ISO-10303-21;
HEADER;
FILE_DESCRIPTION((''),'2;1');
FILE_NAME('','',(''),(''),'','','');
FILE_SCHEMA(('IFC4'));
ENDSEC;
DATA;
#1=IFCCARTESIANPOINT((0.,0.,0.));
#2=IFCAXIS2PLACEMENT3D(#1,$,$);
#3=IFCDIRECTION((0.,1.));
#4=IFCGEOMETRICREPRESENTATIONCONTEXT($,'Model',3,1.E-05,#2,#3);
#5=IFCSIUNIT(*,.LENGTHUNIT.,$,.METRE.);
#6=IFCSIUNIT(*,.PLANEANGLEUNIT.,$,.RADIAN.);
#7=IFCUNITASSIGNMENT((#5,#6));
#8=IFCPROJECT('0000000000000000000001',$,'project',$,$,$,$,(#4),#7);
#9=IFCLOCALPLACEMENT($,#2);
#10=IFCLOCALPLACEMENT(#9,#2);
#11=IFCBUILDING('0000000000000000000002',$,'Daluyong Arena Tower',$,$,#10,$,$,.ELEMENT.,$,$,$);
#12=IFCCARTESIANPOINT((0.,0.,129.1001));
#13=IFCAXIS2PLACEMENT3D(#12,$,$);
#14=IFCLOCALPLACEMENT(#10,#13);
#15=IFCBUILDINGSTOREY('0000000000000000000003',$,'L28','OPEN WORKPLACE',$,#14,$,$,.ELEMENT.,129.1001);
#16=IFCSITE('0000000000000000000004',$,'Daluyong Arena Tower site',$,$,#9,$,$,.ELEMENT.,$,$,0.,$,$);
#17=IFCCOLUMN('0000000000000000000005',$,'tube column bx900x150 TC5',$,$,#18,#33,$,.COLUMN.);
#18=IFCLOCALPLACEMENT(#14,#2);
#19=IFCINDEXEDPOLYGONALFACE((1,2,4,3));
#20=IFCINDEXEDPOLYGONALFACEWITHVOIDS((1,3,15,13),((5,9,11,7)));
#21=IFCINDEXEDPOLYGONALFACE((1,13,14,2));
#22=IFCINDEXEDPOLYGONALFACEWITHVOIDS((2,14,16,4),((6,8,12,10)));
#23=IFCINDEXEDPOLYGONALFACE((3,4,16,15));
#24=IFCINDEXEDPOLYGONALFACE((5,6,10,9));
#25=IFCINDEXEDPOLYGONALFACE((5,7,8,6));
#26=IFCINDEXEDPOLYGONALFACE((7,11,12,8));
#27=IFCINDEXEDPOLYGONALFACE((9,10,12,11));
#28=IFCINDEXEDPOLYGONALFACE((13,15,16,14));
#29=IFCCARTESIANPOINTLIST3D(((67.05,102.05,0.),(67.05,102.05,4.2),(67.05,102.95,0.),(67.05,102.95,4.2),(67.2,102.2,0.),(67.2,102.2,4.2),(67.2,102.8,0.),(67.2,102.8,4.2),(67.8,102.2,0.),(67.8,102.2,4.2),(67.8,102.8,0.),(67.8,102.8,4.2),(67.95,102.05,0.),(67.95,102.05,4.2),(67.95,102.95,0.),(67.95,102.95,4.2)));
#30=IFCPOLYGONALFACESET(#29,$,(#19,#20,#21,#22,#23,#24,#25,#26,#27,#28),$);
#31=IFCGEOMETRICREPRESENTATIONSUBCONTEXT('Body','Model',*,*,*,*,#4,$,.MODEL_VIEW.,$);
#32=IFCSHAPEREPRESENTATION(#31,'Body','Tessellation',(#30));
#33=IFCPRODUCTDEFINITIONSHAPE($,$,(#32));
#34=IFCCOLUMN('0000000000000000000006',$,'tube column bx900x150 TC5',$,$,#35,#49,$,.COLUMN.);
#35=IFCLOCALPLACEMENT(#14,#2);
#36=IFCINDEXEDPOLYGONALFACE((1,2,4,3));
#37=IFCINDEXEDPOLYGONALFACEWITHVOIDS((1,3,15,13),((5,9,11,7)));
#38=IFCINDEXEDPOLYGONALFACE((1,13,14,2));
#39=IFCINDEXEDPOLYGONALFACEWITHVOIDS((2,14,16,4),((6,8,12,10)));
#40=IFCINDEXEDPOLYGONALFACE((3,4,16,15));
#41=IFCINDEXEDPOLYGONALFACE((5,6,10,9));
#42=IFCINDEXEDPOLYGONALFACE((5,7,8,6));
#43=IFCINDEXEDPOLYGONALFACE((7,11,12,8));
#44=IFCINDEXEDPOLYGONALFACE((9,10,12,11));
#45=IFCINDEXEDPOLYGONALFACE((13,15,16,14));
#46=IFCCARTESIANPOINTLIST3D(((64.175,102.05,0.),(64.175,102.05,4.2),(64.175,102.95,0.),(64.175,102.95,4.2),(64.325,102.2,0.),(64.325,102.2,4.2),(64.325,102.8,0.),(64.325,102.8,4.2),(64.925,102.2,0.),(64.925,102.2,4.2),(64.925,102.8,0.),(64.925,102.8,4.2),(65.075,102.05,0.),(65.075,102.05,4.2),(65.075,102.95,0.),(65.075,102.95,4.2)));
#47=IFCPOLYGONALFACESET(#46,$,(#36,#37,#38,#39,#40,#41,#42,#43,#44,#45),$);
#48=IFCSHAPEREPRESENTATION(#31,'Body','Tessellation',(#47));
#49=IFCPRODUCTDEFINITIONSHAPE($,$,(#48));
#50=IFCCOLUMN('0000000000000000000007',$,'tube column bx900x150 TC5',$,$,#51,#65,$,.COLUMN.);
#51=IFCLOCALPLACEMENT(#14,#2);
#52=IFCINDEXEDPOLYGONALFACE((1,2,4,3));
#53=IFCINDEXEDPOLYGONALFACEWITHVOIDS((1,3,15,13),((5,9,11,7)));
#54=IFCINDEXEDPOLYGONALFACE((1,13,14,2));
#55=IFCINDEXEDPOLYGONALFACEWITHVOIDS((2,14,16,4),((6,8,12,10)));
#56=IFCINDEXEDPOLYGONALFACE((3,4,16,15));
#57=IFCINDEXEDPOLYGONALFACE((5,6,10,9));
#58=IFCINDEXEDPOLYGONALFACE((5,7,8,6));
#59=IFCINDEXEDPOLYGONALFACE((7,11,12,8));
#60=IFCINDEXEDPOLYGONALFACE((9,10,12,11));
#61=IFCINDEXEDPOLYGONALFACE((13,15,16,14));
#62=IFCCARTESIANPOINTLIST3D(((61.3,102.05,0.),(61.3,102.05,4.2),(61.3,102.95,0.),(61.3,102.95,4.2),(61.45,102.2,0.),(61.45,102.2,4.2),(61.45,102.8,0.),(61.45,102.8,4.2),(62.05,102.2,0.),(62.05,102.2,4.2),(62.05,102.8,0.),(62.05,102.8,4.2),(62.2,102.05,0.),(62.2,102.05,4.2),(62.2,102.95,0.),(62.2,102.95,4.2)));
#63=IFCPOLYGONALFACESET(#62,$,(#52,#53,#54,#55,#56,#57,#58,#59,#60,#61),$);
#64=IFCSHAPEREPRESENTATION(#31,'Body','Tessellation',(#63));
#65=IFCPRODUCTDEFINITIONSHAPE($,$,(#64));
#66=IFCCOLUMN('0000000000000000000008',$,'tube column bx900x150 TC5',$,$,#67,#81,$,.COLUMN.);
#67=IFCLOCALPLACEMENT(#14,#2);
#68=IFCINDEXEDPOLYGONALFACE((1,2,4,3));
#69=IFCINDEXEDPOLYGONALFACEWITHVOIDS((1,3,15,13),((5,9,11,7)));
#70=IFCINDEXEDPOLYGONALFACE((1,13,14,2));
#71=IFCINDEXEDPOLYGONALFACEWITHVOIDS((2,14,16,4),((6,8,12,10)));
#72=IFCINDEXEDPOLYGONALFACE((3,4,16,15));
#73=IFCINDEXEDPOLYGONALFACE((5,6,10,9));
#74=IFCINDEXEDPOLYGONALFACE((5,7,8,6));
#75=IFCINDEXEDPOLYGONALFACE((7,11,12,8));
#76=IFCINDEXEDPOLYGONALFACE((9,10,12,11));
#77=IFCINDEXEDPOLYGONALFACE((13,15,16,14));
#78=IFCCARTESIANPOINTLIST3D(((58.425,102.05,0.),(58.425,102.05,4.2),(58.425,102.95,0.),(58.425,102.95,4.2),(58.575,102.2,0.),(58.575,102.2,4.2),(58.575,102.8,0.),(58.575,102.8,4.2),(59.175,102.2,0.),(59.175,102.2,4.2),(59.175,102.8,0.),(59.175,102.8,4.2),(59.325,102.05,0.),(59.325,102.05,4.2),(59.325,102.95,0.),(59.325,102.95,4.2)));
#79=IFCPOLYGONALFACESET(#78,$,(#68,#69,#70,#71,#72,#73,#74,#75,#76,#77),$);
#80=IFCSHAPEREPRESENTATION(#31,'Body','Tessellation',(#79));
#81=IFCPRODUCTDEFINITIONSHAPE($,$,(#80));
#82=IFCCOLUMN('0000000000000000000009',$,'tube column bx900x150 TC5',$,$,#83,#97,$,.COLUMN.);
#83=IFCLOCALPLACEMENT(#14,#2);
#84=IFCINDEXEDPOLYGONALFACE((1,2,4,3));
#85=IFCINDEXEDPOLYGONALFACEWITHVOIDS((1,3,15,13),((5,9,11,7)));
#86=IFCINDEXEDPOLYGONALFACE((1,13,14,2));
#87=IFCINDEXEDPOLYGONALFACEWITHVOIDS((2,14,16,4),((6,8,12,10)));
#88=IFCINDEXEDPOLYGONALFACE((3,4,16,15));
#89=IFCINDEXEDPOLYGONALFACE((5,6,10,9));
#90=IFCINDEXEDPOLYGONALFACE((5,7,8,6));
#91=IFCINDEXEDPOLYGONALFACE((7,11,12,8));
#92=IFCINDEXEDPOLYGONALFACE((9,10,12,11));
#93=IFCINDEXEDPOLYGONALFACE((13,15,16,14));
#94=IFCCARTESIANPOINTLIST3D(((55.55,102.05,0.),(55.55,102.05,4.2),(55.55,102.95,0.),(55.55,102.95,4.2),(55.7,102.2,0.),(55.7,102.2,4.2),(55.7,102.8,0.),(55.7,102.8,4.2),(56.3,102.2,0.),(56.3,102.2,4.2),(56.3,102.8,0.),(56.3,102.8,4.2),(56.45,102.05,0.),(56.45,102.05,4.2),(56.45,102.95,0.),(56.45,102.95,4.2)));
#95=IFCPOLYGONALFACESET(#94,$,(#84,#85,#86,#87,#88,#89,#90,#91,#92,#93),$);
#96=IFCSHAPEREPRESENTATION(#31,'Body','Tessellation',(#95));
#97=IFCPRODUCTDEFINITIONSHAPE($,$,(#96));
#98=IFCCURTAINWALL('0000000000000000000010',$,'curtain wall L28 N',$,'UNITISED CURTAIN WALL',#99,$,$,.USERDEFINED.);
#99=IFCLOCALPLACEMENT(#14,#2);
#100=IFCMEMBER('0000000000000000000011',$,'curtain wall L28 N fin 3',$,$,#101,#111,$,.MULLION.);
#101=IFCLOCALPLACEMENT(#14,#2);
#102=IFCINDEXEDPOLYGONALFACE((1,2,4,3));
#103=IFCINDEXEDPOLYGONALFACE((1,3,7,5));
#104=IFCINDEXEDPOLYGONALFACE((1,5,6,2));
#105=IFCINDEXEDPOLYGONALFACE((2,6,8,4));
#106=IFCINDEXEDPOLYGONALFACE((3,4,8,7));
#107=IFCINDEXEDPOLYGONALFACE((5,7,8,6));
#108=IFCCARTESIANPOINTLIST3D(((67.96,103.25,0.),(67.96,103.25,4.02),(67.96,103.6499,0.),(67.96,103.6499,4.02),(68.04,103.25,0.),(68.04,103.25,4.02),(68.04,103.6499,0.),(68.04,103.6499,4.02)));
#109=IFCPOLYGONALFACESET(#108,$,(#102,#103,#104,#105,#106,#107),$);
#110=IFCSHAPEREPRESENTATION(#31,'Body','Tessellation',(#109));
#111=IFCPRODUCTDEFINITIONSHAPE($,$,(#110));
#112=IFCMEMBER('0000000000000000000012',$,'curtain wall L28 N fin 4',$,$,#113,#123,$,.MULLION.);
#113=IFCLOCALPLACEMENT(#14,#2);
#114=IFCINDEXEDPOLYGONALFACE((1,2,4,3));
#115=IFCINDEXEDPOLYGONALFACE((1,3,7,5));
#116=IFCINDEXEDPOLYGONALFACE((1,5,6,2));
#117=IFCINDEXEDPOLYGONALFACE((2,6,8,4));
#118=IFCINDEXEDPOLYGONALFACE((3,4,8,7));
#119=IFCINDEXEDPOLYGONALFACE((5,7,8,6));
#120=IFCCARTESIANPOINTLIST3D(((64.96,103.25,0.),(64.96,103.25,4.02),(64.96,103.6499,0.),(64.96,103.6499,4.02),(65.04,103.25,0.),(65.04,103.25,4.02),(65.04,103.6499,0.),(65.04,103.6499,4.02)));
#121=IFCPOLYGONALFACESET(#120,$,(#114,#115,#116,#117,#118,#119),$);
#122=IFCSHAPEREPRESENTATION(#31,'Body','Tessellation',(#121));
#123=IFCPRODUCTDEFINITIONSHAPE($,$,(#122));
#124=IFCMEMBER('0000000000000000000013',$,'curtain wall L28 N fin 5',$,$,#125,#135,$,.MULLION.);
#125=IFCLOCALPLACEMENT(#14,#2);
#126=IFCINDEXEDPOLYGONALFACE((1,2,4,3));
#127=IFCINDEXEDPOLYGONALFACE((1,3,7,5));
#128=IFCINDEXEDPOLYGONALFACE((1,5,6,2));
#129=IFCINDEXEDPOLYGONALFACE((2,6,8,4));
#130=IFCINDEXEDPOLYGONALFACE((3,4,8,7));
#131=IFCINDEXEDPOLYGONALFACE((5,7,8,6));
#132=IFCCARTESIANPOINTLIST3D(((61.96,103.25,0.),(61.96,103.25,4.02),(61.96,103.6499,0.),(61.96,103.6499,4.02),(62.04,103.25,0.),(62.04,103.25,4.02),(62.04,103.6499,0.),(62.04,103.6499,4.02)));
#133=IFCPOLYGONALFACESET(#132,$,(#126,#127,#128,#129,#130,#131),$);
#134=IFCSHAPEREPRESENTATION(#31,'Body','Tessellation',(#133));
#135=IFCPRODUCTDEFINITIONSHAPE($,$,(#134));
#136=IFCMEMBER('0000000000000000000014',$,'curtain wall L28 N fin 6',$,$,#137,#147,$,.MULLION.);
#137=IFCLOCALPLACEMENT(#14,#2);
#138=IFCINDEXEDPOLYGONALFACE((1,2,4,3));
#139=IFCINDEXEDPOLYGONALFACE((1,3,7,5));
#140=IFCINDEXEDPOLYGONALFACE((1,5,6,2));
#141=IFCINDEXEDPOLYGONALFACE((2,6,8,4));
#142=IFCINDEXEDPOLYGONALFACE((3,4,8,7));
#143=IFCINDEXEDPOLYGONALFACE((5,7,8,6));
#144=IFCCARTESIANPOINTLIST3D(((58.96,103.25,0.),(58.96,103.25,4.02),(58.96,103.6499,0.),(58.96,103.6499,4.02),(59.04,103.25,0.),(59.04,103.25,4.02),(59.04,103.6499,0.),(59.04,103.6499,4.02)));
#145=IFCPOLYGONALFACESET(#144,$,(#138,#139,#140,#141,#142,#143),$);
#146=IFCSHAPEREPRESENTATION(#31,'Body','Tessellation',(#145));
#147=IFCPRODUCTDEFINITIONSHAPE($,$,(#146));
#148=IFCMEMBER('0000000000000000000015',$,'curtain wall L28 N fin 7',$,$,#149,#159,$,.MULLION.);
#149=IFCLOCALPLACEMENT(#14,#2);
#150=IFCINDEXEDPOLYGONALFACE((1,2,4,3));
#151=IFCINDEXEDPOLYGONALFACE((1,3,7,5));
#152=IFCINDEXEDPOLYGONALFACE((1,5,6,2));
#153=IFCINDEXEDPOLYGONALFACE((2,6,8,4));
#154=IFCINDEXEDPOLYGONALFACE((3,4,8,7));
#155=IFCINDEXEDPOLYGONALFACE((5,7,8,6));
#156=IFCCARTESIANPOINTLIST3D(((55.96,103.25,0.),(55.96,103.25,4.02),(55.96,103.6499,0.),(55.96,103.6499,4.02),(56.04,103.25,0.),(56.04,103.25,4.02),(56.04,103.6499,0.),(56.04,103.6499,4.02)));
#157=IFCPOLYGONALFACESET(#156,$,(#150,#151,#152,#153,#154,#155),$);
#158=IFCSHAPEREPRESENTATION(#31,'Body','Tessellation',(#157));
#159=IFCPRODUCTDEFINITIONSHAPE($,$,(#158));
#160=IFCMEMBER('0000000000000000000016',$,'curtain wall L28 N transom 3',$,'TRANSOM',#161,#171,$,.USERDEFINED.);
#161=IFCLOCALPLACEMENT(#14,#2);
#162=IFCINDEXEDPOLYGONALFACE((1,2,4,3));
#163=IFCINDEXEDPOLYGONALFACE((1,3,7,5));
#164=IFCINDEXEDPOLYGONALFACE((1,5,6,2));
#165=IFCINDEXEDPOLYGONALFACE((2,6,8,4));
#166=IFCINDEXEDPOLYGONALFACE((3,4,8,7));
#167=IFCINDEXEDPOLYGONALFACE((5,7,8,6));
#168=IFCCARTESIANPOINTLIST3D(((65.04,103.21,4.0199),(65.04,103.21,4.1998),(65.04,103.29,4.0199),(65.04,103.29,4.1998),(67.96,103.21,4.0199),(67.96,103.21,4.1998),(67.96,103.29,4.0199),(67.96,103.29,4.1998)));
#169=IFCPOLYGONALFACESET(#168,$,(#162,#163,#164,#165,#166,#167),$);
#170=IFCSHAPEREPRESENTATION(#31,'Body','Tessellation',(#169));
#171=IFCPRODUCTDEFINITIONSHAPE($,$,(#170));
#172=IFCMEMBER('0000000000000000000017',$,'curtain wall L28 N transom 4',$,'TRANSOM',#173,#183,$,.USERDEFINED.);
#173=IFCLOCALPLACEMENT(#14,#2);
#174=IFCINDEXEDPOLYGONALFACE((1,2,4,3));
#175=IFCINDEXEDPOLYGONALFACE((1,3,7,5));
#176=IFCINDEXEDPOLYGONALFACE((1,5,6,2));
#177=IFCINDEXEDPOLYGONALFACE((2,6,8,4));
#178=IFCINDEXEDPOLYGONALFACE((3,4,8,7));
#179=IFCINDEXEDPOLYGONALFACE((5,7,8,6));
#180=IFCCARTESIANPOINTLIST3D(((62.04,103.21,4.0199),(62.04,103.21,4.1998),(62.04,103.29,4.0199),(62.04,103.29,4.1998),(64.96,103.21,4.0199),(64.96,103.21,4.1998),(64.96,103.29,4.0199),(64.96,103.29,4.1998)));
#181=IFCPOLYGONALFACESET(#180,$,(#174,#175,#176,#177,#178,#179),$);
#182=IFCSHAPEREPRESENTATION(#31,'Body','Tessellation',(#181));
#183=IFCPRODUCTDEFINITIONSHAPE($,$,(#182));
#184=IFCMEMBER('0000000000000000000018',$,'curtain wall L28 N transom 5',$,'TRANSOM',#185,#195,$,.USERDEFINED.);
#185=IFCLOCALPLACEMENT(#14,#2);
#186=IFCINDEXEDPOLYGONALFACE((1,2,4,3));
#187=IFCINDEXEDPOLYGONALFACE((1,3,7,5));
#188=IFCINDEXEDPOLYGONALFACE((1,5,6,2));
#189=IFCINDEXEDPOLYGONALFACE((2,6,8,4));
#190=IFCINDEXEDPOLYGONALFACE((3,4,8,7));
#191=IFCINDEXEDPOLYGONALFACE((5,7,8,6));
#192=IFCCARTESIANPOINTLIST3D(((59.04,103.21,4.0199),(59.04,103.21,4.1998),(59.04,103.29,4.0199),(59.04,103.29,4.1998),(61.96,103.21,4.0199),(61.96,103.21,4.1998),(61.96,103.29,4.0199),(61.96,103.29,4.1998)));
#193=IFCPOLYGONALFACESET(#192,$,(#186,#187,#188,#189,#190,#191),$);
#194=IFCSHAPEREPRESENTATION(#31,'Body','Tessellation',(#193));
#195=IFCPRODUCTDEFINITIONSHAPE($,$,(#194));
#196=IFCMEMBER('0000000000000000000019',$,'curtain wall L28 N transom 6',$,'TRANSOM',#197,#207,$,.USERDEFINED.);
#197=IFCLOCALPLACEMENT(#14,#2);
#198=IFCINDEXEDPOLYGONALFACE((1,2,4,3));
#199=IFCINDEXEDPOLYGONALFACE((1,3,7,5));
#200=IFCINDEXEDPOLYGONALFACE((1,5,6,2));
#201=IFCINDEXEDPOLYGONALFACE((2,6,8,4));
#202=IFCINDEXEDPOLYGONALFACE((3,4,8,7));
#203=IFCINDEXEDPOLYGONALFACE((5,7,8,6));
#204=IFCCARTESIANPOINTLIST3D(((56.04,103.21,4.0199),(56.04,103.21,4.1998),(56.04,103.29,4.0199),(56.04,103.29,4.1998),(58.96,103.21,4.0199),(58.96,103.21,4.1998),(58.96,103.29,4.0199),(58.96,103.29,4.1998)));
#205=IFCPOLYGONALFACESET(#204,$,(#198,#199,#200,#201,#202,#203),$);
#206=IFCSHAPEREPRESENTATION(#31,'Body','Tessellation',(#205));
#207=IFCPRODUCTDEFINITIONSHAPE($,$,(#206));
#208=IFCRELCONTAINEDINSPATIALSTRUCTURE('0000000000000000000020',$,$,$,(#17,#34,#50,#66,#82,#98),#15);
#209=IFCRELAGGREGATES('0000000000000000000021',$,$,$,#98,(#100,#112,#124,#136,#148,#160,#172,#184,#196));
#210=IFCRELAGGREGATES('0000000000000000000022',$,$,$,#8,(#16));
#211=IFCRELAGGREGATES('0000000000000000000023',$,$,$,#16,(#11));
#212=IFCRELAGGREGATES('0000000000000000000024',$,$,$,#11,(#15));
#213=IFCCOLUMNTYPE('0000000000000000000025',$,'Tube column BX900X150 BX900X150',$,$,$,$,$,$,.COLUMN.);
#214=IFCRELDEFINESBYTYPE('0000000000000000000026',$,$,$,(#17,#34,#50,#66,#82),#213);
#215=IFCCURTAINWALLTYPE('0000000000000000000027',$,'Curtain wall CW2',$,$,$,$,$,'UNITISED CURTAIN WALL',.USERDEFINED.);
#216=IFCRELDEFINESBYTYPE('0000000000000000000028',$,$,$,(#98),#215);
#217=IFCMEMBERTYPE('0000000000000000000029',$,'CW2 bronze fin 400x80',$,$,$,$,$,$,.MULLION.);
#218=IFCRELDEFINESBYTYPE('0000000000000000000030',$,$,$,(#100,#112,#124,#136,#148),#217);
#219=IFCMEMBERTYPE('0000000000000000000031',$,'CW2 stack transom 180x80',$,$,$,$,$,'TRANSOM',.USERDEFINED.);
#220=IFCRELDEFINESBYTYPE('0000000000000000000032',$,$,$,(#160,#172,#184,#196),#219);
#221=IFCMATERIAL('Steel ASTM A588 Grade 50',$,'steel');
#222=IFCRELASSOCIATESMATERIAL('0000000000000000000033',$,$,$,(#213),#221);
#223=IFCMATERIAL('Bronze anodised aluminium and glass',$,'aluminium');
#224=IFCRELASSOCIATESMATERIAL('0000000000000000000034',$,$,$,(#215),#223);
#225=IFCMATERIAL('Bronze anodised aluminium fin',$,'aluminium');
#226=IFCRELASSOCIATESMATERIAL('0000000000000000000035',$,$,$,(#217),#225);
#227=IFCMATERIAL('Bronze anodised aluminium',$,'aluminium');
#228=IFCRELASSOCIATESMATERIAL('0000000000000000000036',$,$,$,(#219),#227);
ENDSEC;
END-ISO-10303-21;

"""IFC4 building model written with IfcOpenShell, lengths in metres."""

from ifc_helpers import new_model, si_unit, direction, frame, origin, origin_2d, place, context, subcontext, project, spatial, rectangle, hollow_rectangle, extrude, material, material_profile, profile_set, type_object, element, aggregate, save


model = new_model("IFC4")

# Units and contexts
model_context = context("Model", 3, precision=1e-05, world=origin(), true_north=direction((0.0, 1.0)))
body_context = subcontext(model_context, "Body", "Model", "MODEL_VIEW")
ifc_project = project(units=[si_unit("LENGTHUNIT", "METRE"), si_unit("PLANEANGLEUNIT", "RADIAN")], contexts=[model_context])

# Site, building, storey
site_placement = place(None, origin())
site = spatial("IfcSite", under=ifc_project, at=site_placement, Name="Daluyong Arena Tower site", CompositionType="ELEMENT", RefElevation=0.0)
building_placement = place(site_placement, origin())
building = spatial("IfcBuilding", under=site, at=building_placement, Name="Daluyong Arena Tower", CompositionType="ELEMENT")
storey_placement = place(building_placement, frame((0.0, 0.0, 129.1001)))
storey = spatial("IfcBuildingStorey", under=building, at=storey_placement, Name="L28", Description="OPEN WORKPLACE", CompositionType="ELEMENT", Elevation=129.1001)

# Columns
ifc_material_1 = material(Name="Steel ASTM A588 Grade 50", Category="steel")
ifc_material_profile_1 = material_profile(ifc_material_1, hollow_rectangle(XDim=0.8999, YDim=0.8999, WallThickness=0.15, at=origin_2d()))
ifc_profile_set_1 = profile_set([ifc_material_profile_1], Name="Steel ASTM A588 Grade 50")
column_type = type_object("IfcColumnType", Name="Tube column BX900X150 BX900X150", PredefinedType="COLUMN", material=ifc_profile_set_1)
for number, where, z_axis, x_axis, name in (
    (1, (67.5, 102.5, 0.0), (0.0, 0.0, 1.0), (1.0, 0.0, 0.0), "tube column bx900x150 TC5"),
    (2, (64.625, 102.5, 0.0), (0.0, 0.0, 1.0), (1.0, 0.0, 0.0), "tube column bx900x150 TC5"),
    (3, (61.75, 102.5, 0.0), (0.0, 0.0, 1.0), (1.0, 0.0, 0.0), "tube column bx900x150 TC5"),
    (4, (58.875, 102.5, 0.0), (0.0, 0.0, 1.0), (1.0, 0.0, 0.0), "tube column bx900x150 TC5"),
    (5, (56.0, 102.5, 0.0), (0.0, 0.0, 1.0), (1.0, 0.0, 0.0), "tube column bx900x150 TC5"),
):
    element("IfcColumn", number, at=place(storey_placement, frame(where, z_axis=z_axis, x_axis=x_axis)), inside=storey, type_object=column_type, Name=name, PredefinedType="COLUMN", context=body_context, shape_type="SweptSolid", body=[
        extrude(hollow_rectangle(XDim=0.8999, YDim=0.8999, WallThickness=0.15, at=origin_2d()), origin(), (0.0, 0.0, 1.0), 4.2),
    ])

# Curtain wall, members
ifc_material_2 = material(Name="Bronze anodised aluminium and glass", Category="aluminium")
curtain_wall_type = type_object("IfcCurtainWallType", Name="Curtain wall CW2", ElementType="UNITISED CURTAIN WALL", PredefinedType="USERDEFINED", material=ifc_material_2)
curtain_wall_placement = place(storey_placement, origin())
curtain_wall = element("IfcCurtainWall", 6, at=curtain_wall_placement, inside=storey, type_object=curtain_wall_type, Name="curtain wall L28 N", ObjectType="UNITISED CURTAIN WALL", PredefinedType="USERDEFINED")
ifc_material_3 = material(Name="Bronze anodised aluminium fin", Category="aluminium")
ifc_material_profile_2 = material_profile(ifc_material_3, rectangle(XDim=0.3999, YDim=0.0801, at=origin_2d()))
ifc_profile_set_2 = profile_set([ifc_material_profile_2], Name="Bronze anodised aluminium fin")
member_type_1 = type_object("IfcMemberType", Name="CW2 bronze fin 400x80", PredefinedType="MULLION", material=ifc_profile_set_2)
member_1_placement = place(storey_placement, frame((68.0, 103.45, 0.0), z_axis=(0.0, 0.0, 1.0), x_axis=(0.0, -1.0, 0.0)))
member_1 = element("IfcMember", 7, at=member_1_placement, type_object=member_type_1, Name="curtain wall L28 N fin 3", PredefinedType="MULLION", context=body_context, shape_type="SweptSolid", body=[
    extrude(rectangle(XDim=0.3999, YDim=0.0801, at=origin_2d()), origin(), (0.0, 0.0, 1.0), 4.02),
])
member_2_placement = place(storey_placement, frame((65.0, 103.45, 0.0), z_axis=(0.0, 0.0, 1.0), x_axis=(0.0, -1.0, 0.0)))
member_2 = element("IfcMember", 8, at=member_2_placement, type_object=member_type_1, Name="curtain wall L28 N fin 4", PredefinedType="MULLION", context=body_context, shape_type="SweptSolid", body=[
    extrude(rectangle(XDim=0.3999, YDim=0.0801, at=origin_2d()), origin(), (0.0, 0.0, 1.0), 4.02),
])
member_3_placement = place(storey_placement, frame((62.0, 103.45, 0.0), z_axis=(0.0, 0.0, 1.0), x_axis=(0.0, -1.0, 0.0)))
member_3 = element("IfcMember", 9, at=member_3_placement, type_object=member_type_1, Name="curtain wall L28 N fin 5", PredefinedType="MULLION", context=body_context, shape_type="SweptSolid", body=[
    extrude(rectangle(XDim=0.3999, YDim=0.0801, at=origin_2d()), origin(), (0.0, 0.0, 1.0), 4.02),
])
member_4_placement = place(storey_placement, frame((59.0, 103.45, 0.0), z_axis=(0.0, 0.0, 1.0), x_axis=(0.0, -1.0, 0.0)))
member_4 = element("IfcMember", 10, at=member_4_placement, type_object=member_type_1, Name="curtain wall L28 N fin 6", PredefinedType="MULLION", context=body_context, shape_type="SweptSolid", body=[
    extrude(rectangle(XDim=0.3999, YDim=0.0801, at=origin_2d()), origin(), (0.0, 0.0, 1.0), 4.02),
])
member_5_placement = place(storey_placement, frame((56.0, 103.45, 0.0), z_axis=(0.0, 0.0, 1.0), x_axis=(0.0, -1.0, 0.0)))
member_5 = element("IfcMember", 11, at=member_5_placement, type_object=member_type_1, Name="curtain wall L28 N fin 7", PredefinedType="MULLION", context=body_context, shape_type="SweptSolid", body=[
    extrude(rectangle(XDim=0.3999, YDim=0.0801, at=origin_2d()), origin(), (0.0, 0.0, 1.0), 4.02),
])
ifc_material_4 = material(Name="Bronze anodised aluminium", Category="aluminium")
ifc_material_profile_3 = material_profile(ifc_material_4, rectangle(XDim=0.0801, YDim=0.1799, at=origin_2d()))
ifc_profile_set_3 = profile_set([ifc_material_profile_3], Name="Bronze anodised aluminium")
member_type_2 = type_object("IfcMemberType", Name="CW2 stack transom 180x80", ElementType="TRANSOM", PredefinedType="USERDEFINED", material=ifc_profile_set_3)
member_6_placement = place(storey_placement, frame((67.96, 103.25, 4.1099), z_axis=(-1.0, 0.0, 0.0), x_axis=(0.0, -1.0, 0.0)))
member_6 = element("IfcMember", 12, at=member_6_placement, type_object=member_type_2, Name="curtain wall L28 N transom 3", ObjectType="TRANSOM", PredefinedType="USERDEFINED", context=body_context, shape_type="SweptSolid", body=[
    extrude(rectangle(XDim=0.0801, YDim=0.1799, at=origin_2d()), origin(), (0.0, 0.0, 1.0), 2.9199),
])
member_7_placement = place(storey_placement, frame((64.96, 103.25, 4.1099), z_axis=(-1.0, 0.0, 0.0), x_axis=(0.0, -1.0, 0.0)))
member_7 = element("IfcMember", 13, at=member_7_placement, type_object=member_type_2, Name="curtain wall L28 N transom 4", ObjectType="TRANSOM", PredefinedType="USERDEFINED", context=body_context, shape_type="SweptSolid", body=[
    extrude(rectangle(XDim=0.0801, YDim=0.1799, at=origin_2d()), origin(), (0.0, 0.0, 1.0), 2.9199),
])
member_8_placement = place(storey_placement, frame((61.96, 103.25, 4.1099), z_axis=(-1.0, 0.0, 0.0), x_axis=(0.0, -1.0, 0.0)))
member_8 = element("IfcMember", 14, at=member_8_placement, type_object=member_type_2, Name="curtain wall L28 N transom 5", ObjectType="TRANSOM", PredefinedType="USERDEFINED", context=body_context, shape_type="SweptSolid", body=[
    extrude(rectangle(XDim=0.0801, YDim=0.1799, at=origin_2d()), origin(), (0.0, 0.0, 1.0), 2.9199),
])
member_9_placement = place(storey_placement, frame((58.96, 103.25, 4.1099), z_axis=(-1.0, 0.0, 0.0), x_axis=(0.0, -1.0, 0.0)))
member_9 = element("IfcMember", 15, at=member_9_placement, type_object=member_type_2, Name="curtain wall L28 N transom 6", ObjectType="TRANSOM", PredefinedType="USERDEFINED", context=body_context, shape_type="SweptSolid", body=[
    extrude(rectangle(XDim=0.0801, YDim=0.1799, at=origin_2d()), origin(), (0.0, 0.0, 1.0), 2.9199),
])

aggregate(curtain_wall, [member_1, member_2, member_3, member_4, member_5, member_6, member_7, member_8, member_9])

save(model, "model.ifc")
